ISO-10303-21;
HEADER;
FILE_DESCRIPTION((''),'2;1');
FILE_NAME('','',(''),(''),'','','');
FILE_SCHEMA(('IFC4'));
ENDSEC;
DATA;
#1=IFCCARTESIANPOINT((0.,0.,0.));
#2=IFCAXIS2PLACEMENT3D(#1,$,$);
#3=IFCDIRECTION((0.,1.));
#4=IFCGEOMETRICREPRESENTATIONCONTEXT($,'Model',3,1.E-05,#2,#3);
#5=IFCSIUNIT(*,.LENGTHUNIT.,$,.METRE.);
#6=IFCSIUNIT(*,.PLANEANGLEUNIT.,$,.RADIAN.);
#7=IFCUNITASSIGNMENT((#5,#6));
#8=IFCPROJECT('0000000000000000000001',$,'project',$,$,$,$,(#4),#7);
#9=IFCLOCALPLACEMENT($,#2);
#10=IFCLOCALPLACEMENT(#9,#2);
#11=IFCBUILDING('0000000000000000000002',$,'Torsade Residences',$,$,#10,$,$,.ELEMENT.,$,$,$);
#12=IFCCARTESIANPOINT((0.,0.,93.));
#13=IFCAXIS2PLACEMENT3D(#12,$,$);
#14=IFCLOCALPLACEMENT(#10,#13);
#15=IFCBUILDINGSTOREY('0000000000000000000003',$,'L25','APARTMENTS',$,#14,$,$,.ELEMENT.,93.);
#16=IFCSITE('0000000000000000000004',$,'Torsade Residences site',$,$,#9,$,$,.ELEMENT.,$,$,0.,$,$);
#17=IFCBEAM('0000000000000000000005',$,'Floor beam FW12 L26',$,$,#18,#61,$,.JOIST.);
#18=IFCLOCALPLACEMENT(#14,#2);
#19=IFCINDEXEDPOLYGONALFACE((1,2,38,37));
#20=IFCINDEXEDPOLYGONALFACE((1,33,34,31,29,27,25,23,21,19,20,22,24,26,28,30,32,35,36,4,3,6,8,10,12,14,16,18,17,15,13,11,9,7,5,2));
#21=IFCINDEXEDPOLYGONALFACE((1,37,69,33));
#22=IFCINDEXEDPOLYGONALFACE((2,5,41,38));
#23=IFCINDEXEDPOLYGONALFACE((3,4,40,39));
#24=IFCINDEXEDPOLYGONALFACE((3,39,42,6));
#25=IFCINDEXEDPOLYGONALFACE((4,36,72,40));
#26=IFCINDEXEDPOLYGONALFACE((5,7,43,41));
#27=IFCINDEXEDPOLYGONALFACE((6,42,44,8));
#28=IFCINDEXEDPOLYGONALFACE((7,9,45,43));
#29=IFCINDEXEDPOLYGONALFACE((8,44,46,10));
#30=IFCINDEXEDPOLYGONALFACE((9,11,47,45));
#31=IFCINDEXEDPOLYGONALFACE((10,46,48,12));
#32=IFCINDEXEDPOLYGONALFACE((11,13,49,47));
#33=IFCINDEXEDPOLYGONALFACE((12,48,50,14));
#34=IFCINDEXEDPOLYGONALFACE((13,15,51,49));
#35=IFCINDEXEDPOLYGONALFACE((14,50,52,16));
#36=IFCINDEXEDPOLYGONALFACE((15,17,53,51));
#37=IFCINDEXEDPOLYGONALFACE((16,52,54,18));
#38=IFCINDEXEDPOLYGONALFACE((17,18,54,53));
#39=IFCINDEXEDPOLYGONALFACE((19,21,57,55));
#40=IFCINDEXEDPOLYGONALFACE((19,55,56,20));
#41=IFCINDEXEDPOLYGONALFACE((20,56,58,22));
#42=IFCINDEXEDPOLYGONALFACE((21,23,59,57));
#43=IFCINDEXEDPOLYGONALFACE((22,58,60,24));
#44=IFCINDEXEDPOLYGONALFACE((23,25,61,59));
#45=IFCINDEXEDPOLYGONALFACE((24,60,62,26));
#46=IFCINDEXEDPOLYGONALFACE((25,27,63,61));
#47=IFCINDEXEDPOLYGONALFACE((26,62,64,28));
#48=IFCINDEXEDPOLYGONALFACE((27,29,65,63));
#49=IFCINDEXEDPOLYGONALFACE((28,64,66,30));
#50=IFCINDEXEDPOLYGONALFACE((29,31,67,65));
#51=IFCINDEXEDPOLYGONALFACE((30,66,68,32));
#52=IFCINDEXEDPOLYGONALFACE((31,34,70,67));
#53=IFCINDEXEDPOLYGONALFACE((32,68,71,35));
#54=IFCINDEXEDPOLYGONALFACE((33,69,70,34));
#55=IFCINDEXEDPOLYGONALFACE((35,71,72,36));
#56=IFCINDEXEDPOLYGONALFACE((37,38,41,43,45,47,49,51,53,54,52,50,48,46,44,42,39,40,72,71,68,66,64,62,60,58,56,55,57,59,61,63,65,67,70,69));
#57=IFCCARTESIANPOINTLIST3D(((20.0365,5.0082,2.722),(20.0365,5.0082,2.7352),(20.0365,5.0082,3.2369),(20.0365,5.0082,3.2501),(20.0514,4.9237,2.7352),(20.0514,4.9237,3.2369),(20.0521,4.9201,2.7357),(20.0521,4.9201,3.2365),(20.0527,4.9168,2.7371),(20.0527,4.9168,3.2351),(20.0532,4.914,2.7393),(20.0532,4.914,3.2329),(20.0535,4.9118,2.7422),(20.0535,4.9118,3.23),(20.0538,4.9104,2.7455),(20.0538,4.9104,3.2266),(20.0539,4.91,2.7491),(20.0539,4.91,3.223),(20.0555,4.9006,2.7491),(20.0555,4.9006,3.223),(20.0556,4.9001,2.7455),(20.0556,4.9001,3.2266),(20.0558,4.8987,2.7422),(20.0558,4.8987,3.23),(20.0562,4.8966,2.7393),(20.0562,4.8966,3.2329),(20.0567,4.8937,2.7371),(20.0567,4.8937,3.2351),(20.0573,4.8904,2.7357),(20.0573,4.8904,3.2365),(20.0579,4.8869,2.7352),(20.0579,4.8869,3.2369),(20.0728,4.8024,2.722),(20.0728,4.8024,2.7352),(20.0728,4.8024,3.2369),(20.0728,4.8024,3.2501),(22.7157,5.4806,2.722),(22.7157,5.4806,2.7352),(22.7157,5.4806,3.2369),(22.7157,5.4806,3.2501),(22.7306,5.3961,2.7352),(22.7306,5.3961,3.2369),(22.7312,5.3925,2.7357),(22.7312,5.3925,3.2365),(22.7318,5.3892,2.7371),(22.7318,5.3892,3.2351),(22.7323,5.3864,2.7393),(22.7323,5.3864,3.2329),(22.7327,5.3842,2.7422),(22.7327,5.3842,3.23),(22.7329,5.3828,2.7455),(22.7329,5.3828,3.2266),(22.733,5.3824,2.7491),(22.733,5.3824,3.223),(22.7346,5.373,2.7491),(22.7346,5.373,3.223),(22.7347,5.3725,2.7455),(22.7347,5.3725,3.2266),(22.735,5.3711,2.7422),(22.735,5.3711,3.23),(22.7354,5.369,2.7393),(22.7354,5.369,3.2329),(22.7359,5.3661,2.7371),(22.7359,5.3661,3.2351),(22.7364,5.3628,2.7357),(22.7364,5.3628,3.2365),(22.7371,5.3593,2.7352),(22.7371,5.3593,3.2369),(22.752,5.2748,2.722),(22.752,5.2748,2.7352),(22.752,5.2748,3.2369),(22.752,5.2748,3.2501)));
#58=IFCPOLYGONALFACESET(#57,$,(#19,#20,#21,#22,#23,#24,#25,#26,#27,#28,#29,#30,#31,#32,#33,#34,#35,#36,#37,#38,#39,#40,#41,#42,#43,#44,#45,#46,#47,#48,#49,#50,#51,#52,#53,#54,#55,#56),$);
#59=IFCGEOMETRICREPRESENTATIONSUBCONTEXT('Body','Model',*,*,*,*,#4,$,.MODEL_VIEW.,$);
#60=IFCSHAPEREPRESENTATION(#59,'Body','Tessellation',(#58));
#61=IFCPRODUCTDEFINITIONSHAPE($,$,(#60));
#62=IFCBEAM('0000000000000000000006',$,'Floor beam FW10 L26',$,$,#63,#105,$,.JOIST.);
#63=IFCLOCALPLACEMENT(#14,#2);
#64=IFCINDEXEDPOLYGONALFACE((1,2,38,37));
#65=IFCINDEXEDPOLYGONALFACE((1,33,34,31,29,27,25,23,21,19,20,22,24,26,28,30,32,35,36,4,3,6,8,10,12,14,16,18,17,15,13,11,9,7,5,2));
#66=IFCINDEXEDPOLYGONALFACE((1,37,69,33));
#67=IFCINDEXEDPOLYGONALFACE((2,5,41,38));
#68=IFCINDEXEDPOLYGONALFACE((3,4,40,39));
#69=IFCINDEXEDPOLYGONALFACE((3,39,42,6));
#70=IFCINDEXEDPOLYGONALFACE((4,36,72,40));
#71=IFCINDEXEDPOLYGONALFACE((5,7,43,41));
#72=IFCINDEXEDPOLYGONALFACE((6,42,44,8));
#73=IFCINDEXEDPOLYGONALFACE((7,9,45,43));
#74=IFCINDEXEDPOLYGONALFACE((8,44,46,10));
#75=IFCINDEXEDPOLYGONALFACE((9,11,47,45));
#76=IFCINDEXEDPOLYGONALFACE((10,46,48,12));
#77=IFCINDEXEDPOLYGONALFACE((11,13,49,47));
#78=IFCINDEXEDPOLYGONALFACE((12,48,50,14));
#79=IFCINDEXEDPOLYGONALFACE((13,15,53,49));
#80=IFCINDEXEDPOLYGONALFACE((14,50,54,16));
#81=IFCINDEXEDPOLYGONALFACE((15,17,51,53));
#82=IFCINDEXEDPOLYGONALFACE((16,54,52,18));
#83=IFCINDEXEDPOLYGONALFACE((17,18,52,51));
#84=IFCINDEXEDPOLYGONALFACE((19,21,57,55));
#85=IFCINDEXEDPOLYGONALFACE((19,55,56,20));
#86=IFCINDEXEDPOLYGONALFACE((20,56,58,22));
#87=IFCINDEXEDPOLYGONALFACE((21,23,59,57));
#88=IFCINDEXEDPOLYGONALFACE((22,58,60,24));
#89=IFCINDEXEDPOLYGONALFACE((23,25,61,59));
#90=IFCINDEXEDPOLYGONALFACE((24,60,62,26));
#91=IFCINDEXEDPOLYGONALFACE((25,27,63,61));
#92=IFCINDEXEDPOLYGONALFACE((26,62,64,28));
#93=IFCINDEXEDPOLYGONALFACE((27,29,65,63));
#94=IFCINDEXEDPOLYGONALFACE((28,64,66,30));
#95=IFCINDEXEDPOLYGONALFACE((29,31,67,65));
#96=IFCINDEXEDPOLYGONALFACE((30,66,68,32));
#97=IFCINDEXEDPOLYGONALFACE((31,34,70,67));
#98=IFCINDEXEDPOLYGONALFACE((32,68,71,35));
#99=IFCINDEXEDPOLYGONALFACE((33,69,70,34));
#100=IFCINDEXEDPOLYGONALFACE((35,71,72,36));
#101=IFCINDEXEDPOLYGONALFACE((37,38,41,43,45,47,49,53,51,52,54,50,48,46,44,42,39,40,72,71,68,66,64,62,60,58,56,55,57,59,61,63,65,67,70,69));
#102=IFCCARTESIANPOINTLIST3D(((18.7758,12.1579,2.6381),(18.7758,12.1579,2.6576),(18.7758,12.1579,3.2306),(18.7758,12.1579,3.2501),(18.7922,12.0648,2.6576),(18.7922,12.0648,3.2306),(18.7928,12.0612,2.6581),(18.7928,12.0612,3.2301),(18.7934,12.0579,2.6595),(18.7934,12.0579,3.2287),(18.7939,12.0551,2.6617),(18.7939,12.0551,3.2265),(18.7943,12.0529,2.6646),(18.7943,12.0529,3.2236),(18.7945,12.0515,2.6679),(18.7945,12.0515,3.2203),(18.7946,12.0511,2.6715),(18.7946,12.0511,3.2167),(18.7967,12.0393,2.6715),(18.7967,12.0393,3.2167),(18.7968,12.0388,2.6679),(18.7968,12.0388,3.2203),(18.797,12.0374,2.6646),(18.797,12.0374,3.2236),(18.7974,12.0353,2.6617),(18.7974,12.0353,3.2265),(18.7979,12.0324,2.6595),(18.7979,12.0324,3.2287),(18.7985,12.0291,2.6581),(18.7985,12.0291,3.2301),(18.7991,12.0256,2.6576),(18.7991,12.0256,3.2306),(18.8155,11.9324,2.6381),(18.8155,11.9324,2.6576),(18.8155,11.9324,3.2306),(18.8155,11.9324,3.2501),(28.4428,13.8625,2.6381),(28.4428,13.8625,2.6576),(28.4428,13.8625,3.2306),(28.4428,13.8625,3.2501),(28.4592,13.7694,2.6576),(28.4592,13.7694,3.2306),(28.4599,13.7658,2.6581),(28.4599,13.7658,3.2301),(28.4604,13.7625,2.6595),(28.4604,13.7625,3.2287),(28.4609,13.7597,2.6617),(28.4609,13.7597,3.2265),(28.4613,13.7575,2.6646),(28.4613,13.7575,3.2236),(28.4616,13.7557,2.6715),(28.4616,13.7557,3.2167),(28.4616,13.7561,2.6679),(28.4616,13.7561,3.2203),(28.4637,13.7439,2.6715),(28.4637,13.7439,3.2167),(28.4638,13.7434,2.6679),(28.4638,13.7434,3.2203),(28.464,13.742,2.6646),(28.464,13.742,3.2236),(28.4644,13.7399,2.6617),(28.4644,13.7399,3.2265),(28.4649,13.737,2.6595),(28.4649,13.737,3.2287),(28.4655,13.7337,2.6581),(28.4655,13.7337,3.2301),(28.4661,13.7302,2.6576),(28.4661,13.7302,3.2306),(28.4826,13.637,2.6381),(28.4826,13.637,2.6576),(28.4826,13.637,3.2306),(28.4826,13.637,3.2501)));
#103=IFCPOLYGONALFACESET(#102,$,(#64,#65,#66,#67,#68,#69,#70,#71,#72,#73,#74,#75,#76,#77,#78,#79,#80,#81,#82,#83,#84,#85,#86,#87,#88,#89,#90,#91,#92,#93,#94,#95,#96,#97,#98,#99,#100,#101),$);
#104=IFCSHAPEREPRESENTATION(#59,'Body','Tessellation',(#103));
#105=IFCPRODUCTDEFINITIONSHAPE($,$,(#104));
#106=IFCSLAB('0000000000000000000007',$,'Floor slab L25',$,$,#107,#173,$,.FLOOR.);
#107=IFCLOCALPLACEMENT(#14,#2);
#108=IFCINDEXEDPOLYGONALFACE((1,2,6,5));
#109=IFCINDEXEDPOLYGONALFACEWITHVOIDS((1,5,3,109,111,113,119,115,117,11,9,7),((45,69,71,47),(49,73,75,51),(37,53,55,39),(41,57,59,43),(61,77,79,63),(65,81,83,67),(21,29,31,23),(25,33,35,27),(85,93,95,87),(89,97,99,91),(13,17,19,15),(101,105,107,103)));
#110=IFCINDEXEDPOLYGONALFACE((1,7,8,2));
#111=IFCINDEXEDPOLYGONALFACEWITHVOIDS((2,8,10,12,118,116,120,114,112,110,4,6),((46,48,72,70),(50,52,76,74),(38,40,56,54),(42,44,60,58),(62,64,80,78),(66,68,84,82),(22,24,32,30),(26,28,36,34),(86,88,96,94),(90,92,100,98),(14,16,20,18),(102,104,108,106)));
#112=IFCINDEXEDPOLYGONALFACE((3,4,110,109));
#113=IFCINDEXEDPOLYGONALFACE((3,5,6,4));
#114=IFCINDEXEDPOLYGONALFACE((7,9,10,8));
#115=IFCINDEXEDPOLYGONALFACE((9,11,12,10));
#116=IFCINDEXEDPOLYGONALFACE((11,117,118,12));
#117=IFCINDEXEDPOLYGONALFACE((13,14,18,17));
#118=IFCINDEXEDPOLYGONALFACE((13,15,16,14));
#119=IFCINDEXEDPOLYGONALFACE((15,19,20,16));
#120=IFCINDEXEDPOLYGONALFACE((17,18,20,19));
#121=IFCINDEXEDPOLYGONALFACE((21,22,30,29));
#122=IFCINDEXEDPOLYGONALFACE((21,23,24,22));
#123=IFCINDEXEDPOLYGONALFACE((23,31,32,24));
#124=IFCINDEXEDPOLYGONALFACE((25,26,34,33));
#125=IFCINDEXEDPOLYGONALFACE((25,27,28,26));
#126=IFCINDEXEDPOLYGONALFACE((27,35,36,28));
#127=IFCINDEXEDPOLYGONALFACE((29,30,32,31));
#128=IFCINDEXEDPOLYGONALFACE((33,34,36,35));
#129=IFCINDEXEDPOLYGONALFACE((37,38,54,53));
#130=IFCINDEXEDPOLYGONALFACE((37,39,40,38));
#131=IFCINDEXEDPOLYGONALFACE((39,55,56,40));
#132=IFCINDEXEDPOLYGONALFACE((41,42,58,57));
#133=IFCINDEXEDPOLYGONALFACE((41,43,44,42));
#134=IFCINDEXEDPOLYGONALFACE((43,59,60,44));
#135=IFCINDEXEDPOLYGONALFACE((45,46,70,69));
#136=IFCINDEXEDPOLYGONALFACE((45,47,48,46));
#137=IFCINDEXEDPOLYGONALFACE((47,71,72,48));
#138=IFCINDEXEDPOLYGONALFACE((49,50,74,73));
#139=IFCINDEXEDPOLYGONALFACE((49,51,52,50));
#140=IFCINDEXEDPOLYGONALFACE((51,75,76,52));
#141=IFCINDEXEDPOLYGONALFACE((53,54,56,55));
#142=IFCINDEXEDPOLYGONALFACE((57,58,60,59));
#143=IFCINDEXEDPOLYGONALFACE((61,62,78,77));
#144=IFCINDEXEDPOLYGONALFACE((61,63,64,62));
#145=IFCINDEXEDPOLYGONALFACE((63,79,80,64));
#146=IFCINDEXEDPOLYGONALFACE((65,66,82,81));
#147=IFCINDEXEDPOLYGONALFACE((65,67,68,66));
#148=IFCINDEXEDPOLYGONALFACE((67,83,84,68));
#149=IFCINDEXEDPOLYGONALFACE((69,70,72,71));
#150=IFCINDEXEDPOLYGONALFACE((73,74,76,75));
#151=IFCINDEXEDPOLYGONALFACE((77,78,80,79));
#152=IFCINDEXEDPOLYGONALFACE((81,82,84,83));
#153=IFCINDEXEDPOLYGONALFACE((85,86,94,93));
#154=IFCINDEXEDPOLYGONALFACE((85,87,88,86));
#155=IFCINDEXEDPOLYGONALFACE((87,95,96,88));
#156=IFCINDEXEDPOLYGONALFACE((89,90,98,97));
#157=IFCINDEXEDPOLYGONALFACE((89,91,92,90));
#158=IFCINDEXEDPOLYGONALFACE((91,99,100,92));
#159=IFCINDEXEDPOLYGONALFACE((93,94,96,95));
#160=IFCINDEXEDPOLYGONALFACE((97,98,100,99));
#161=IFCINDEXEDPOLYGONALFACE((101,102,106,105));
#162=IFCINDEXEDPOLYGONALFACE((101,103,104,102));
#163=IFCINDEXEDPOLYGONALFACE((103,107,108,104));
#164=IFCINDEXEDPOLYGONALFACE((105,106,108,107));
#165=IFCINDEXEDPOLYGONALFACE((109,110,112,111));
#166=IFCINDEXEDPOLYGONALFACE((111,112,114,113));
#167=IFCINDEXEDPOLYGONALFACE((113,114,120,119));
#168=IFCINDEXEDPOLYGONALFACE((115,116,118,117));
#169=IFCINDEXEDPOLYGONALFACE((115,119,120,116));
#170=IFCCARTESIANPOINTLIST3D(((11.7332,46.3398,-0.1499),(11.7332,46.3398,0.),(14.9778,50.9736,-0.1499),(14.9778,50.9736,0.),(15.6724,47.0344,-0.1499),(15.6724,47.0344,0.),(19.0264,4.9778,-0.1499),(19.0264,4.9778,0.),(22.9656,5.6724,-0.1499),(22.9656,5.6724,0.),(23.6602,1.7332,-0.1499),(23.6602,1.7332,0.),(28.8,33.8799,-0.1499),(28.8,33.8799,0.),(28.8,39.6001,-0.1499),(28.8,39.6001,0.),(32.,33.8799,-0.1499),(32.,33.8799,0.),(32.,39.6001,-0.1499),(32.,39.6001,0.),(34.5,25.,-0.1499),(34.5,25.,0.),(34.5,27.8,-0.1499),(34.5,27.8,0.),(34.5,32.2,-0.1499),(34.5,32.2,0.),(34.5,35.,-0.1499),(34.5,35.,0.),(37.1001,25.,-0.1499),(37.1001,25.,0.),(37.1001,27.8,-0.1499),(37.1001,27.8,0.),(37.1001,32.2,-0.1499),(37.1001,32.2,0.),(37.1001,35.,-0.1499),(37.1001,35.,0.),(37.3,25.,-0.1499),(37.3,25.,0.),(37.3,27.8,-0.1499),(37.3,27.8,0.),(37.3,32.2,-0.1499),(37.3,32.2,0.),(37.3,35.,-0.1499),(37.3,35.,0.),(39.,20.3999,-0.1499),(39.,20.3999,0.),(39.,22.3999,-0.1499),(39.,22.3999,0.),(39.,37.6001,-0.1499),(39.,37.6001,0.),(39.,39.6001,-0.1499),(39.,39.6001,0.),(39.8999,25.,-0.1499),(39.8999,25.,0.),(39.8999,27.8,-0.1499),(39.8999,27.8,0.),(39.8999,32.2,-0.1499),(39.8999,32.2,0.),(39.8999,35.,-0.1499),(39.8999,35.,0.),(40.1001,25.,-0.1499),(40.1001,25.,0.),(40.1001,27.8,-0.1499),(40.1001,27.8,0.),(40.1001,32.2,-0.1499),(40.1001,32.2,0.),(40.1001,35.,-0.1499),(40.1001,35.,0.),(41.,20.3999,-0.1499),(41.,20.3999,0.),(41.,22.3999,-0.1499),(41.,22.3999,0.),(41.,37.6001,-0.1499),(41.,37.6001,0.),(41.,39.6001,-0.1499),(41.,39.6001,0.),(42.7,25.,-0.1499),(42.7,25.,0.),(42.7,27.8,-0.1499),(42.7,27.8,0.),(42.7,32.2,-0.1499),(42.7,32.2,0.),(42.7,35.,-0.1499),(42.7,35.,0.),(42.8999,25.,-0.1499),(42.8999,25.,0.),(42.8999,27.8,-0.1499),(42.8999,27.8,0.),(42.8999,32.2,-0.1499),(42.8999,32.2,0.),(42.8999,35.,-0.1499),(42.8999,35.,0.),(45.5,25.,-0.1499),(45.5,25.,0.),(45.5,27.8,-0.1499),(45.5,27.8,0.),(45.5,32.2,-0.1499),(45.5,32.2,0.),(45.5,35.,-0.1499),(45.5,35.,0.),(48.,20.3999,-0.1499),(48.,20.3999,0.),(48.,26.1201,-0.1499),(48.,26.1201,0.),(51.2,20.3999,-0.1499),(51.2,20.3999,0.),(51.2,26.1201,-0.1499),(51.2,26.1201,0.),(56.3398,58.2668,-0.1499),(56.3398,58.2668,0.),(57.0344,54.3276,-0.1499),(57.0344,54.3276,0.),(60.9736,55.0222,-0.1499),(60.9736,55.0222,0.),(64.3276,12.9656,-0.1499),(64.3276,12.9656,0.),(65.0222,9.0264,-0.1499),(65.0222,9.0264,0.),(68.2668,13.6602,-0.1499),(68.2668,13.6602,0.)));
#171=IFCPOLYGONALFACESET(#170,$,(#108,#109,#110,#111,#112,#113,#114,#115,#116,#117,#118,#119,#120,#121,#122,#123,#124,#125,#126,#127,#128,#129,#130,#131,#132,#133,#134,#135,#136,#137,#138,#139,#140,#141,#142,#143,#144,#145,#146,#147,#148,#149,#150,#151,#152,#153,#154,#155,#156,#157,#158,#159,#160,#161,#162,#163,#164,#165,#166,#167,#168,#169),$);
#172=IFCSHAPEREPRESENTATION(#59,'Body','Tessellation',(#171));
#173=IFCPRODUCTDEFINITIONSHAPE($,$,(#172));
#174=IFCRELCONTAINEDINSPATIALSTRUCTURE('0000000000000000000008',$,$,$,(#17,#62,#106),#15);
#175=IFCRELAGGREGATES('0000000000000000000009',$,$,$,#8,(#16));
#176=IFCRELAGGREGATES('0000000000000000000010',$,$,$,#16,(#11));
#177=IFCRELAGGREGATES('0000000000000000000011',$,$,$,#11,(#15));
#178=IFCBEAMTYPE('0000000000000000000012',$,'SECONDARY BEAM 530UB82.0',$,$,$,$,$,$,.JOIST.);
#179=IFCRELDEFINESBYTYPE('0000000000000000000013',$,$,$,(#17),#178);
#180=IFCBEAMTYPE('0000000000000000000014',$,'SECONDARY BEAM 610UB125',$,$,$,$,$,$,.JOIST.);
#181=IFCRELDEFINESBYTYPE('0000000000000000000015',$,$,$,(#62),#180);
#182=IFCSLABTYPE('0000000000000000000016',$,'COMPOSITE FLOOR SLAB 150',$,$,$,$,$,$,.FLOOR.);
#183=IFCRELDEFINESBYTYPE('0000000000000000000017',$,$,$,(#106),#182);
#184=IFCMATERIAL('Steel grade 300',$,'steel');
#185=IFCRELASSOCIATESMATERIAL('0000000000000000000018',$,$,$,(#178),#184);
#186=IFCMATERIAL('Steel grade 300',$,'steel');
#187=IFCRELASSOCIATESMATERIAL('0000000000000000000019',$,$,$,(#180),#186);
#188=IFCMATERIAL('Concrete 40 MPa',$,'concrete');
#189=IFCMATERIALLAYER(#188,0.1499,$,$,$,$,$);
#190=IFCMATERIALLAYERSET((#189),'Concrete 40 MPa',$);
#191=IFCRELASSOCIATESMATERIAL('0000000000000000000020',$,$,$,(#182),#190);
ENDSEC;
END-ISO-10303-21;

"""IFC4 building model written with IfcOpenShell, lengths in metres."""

from ifc_helpers import new_model, si_unit, direction, frame, origin, origin_2d, place, context, subcontext, project, spatial, polyline, i_section, outline, extrude, material, layer, layer_set, material_profile, profile_set, type_object, element, save


model = new_model("IFC4")

# Units and contexts
model_context = context("Model", 3, precision=1e-05, world=origin(), true_north=direction((0.0, 1.0)))
body_context = subcontext(model_context, "Body", "Model", "MODEL_VIEW")
ifc_project = project(units=[si_unit("LENGTHUNIT", "METRE"), si_unit("PLANEANGLEUNIT", "RADIAN")], contexts=[model_context])

# Site, building, storey
site_placement = place(None, origin())
site = spatial("IfcSite", under=ifc_project, at=site_placement, Name="Torsade Residences site", CompositionType="ELEMENT", RefElevation=0.0)
building_placement = place(site_placement, origin())
building = spatial("IfcBuilding", under=site, at=building_placement, Name="Torsade Residences", CompositionType="ELEMENT")
storey_placement = place(building_placement, frame((0.0, 0.0, 93.0)))
storey = spatial("IfcBuildingStorey", under=building, at=storey_placement, Name="L25", Description="APARTMENTS", CompositionType="ELEMENT", Elevation=93.0)

# Beams
ifc_material_1 = material(Name="Steel grade 300", Category="steel")
ifc_material_profile_1 = material_profile(ifc_material_1, i_section(OverallWidth=0.209, OverallDepth=0.5281, WebThickness=0.0095, FlangeThickness=0.0132, FilletRadius=0.0139, at=origin_2d()), Name="530UB82.0")
ifc_profile_set_1 = profile_set([ifc_material_profile_1], Name="Steel grade 300")
beam_type_1 = type_object("IfcBeamType", Name="SECONDARY BEAM 530UB82.0", PredefinedType="JOIST", material=ifc_profile_set_1)
beam_1_placement = place(storey_placement, frame((20.0547, 4.9053, 2.9861), z_axis=(0.984808, 0.173647, 0.0), x_axis=(-0.173647, 0.984808, 0.0)))
element("IfcBeam", 1, at=beam_1_placement, inside=storey, type_object=beam_type_1, Name="Floor beam FW12 L26", PredefinedType="JOIST", context=body_context, shape_type="SweptSolid", body=[
    extrude(i_section(OverallWidth=0.209, OverallDepth=0.5281, WebThickness=0.0095, FlangeThickness=0.0132, FilletRadius=0.0139, at=origin_2d()), origin(), (0.0, 0.0, 1.0), 2.7205),
])
ifc_material_2 = material(Name="Steel grade 300", Category="steel")
ifc_material_profile_2 = material_profile(ifc_material_2, i_section(OverallWidth=0.229, OverallDepth=0.6121, WebThickness=0.012, FlangeThickness=0.0195, FilletRadius=0.0139, at=origin_2d()), Name="610UB125")
ifc_profile_set_2 = profile_set([ifc_material_profile_2], Name="Steel grade 300")
beam_type_2 = type_object("IfcBeamType", Name="SECONDARY BEAM 610UB125", PredefinedType="JOIST", material=ifc_profile_set_2)
beam_2_placement = place(storey_placement, frame((18.7957, 12.0452, 2.9441), z_axis=(0.984807, 0.173652, 0.0), x_axis=(-0.173652, 0.984807, 0.0)))
element("IfcBeam", 2, at=beam_2_placement, inside=storey, type_object=beam_type_2, Name="Floor beam FW10 L26", PredefinedType="JOIST", context=body_context, shape_type="SweptSolid", body=[
    extrude(i_section(OverallWidth=0.229, OverallDepth=0.6121, WebThickness=0.012, FlangeThickness=0.0195, FilletRadius=0.0139, at=origin_2d()), origin(), (0.0, 0.0, 1.0), 9.8162),
])

# Slab
ifc_material_3 = material(Name="Concrete 40 MPa", Category="concrete")
ifc_layer_1 = layer(ifc_material_3, 0.1499)
ifc_layer_set_1 = layer_set([ifc_layer_1], Name="Concrete 40 MPa")
slab_type_1 = type_object("IfcSlabType", Name="COMPOSITE FLOOR SLAB 150", PredefinedType="FLOOR", material=ifc_layer_set_1)
slab_1_placement = place(storey_placement, frame((0.0, 0.0, -0.1499)))
element("IfcSlab", 3, at=slab_1_placement, inside=storey, type_object=slab_type_1, Name="Floor slab L25", PredefinedType="FLOOR", context=body_context, shape_type="SweptSolid", body=[
    extrude(outline(polyline([(23.6602, 1.7332), (65.0222, 9.0264), (64.3276, 12.9656), (68.2668, 13.6602), (60.9736, 55.0222), (57.0344, 54.3276), (56.3398, 58.2668), (14.9778, 50.9736), (15.6724, 47.0344), (11.7332, 46.3398), (19.0264, 4.9778), (22.9656, 5.6724), (23.6602, 1.7332)]), holes=[polyline([(51.2, 20.3999), (51.2, 26.1201), (48.0, 26.1201), (48.0, 20.3999), (51.2, 20.3999)]), polyline([(45.5, 27.8), (42.8999, 27.8), (42.8999, 25.0), (45.5, 25.0), (45.5, 27.8)]), polyline([(45.5, 32.2), (45.5, 35.0), (42.8999, 35.0), (42.8999, 32.2), (45.5, 32.2)]), polyline([(42.7, 25.0), (42.7, 27.8), (40.1001, 27.8), (40.1001, 25.0), (42.7, 25.0)]), polyline([(42.7, 32.2), (42.7, 35.0), (40.1001, 35.0), (40.1001, 32.2), (42.7, 32.2)]), polyline([(41.0, 22.3999), (39.0, 22.3999), (39.0, 20.3999), (41.0, 20.3999), (41.0, 22.3999)]), polyline([(41.0, 37.6001), (41.0, 39.6001), (39.0, 39.6001), (39.0, 37.6001), (41.0, 37.6001)]), polyline([(39.8999, 25.0), (39.8999, 27.8), (37.3, 27.8), (37.3, 25.0), (39.8999, 25.0)]), polyline([(39.8999, 35.0), (37.3, 35.0), (37.3, 32.2), (39.8999, 32.2), (39.8999, 35.0)]), polyline([(37.1001, 27.8), (34.5, 27.8), (34.5, 25.0), (37.1001, 25.0), (37.1001, 27.8)]), polyline([(37.1001, 32.2), (37.1001, 35.0), (34.5, 35.0), (34.5, 32.2), (37.1001, 32.2)]), polyline([(32.0, 33.8799), (32.0, 39.6001), (28.8, 39.6001), (28.8, 33.8799), (32.0, 33.8799)])]), origin(), (0.0, 0.0, 1.0), 0.1499),
])

save(model, "model.ifc")
